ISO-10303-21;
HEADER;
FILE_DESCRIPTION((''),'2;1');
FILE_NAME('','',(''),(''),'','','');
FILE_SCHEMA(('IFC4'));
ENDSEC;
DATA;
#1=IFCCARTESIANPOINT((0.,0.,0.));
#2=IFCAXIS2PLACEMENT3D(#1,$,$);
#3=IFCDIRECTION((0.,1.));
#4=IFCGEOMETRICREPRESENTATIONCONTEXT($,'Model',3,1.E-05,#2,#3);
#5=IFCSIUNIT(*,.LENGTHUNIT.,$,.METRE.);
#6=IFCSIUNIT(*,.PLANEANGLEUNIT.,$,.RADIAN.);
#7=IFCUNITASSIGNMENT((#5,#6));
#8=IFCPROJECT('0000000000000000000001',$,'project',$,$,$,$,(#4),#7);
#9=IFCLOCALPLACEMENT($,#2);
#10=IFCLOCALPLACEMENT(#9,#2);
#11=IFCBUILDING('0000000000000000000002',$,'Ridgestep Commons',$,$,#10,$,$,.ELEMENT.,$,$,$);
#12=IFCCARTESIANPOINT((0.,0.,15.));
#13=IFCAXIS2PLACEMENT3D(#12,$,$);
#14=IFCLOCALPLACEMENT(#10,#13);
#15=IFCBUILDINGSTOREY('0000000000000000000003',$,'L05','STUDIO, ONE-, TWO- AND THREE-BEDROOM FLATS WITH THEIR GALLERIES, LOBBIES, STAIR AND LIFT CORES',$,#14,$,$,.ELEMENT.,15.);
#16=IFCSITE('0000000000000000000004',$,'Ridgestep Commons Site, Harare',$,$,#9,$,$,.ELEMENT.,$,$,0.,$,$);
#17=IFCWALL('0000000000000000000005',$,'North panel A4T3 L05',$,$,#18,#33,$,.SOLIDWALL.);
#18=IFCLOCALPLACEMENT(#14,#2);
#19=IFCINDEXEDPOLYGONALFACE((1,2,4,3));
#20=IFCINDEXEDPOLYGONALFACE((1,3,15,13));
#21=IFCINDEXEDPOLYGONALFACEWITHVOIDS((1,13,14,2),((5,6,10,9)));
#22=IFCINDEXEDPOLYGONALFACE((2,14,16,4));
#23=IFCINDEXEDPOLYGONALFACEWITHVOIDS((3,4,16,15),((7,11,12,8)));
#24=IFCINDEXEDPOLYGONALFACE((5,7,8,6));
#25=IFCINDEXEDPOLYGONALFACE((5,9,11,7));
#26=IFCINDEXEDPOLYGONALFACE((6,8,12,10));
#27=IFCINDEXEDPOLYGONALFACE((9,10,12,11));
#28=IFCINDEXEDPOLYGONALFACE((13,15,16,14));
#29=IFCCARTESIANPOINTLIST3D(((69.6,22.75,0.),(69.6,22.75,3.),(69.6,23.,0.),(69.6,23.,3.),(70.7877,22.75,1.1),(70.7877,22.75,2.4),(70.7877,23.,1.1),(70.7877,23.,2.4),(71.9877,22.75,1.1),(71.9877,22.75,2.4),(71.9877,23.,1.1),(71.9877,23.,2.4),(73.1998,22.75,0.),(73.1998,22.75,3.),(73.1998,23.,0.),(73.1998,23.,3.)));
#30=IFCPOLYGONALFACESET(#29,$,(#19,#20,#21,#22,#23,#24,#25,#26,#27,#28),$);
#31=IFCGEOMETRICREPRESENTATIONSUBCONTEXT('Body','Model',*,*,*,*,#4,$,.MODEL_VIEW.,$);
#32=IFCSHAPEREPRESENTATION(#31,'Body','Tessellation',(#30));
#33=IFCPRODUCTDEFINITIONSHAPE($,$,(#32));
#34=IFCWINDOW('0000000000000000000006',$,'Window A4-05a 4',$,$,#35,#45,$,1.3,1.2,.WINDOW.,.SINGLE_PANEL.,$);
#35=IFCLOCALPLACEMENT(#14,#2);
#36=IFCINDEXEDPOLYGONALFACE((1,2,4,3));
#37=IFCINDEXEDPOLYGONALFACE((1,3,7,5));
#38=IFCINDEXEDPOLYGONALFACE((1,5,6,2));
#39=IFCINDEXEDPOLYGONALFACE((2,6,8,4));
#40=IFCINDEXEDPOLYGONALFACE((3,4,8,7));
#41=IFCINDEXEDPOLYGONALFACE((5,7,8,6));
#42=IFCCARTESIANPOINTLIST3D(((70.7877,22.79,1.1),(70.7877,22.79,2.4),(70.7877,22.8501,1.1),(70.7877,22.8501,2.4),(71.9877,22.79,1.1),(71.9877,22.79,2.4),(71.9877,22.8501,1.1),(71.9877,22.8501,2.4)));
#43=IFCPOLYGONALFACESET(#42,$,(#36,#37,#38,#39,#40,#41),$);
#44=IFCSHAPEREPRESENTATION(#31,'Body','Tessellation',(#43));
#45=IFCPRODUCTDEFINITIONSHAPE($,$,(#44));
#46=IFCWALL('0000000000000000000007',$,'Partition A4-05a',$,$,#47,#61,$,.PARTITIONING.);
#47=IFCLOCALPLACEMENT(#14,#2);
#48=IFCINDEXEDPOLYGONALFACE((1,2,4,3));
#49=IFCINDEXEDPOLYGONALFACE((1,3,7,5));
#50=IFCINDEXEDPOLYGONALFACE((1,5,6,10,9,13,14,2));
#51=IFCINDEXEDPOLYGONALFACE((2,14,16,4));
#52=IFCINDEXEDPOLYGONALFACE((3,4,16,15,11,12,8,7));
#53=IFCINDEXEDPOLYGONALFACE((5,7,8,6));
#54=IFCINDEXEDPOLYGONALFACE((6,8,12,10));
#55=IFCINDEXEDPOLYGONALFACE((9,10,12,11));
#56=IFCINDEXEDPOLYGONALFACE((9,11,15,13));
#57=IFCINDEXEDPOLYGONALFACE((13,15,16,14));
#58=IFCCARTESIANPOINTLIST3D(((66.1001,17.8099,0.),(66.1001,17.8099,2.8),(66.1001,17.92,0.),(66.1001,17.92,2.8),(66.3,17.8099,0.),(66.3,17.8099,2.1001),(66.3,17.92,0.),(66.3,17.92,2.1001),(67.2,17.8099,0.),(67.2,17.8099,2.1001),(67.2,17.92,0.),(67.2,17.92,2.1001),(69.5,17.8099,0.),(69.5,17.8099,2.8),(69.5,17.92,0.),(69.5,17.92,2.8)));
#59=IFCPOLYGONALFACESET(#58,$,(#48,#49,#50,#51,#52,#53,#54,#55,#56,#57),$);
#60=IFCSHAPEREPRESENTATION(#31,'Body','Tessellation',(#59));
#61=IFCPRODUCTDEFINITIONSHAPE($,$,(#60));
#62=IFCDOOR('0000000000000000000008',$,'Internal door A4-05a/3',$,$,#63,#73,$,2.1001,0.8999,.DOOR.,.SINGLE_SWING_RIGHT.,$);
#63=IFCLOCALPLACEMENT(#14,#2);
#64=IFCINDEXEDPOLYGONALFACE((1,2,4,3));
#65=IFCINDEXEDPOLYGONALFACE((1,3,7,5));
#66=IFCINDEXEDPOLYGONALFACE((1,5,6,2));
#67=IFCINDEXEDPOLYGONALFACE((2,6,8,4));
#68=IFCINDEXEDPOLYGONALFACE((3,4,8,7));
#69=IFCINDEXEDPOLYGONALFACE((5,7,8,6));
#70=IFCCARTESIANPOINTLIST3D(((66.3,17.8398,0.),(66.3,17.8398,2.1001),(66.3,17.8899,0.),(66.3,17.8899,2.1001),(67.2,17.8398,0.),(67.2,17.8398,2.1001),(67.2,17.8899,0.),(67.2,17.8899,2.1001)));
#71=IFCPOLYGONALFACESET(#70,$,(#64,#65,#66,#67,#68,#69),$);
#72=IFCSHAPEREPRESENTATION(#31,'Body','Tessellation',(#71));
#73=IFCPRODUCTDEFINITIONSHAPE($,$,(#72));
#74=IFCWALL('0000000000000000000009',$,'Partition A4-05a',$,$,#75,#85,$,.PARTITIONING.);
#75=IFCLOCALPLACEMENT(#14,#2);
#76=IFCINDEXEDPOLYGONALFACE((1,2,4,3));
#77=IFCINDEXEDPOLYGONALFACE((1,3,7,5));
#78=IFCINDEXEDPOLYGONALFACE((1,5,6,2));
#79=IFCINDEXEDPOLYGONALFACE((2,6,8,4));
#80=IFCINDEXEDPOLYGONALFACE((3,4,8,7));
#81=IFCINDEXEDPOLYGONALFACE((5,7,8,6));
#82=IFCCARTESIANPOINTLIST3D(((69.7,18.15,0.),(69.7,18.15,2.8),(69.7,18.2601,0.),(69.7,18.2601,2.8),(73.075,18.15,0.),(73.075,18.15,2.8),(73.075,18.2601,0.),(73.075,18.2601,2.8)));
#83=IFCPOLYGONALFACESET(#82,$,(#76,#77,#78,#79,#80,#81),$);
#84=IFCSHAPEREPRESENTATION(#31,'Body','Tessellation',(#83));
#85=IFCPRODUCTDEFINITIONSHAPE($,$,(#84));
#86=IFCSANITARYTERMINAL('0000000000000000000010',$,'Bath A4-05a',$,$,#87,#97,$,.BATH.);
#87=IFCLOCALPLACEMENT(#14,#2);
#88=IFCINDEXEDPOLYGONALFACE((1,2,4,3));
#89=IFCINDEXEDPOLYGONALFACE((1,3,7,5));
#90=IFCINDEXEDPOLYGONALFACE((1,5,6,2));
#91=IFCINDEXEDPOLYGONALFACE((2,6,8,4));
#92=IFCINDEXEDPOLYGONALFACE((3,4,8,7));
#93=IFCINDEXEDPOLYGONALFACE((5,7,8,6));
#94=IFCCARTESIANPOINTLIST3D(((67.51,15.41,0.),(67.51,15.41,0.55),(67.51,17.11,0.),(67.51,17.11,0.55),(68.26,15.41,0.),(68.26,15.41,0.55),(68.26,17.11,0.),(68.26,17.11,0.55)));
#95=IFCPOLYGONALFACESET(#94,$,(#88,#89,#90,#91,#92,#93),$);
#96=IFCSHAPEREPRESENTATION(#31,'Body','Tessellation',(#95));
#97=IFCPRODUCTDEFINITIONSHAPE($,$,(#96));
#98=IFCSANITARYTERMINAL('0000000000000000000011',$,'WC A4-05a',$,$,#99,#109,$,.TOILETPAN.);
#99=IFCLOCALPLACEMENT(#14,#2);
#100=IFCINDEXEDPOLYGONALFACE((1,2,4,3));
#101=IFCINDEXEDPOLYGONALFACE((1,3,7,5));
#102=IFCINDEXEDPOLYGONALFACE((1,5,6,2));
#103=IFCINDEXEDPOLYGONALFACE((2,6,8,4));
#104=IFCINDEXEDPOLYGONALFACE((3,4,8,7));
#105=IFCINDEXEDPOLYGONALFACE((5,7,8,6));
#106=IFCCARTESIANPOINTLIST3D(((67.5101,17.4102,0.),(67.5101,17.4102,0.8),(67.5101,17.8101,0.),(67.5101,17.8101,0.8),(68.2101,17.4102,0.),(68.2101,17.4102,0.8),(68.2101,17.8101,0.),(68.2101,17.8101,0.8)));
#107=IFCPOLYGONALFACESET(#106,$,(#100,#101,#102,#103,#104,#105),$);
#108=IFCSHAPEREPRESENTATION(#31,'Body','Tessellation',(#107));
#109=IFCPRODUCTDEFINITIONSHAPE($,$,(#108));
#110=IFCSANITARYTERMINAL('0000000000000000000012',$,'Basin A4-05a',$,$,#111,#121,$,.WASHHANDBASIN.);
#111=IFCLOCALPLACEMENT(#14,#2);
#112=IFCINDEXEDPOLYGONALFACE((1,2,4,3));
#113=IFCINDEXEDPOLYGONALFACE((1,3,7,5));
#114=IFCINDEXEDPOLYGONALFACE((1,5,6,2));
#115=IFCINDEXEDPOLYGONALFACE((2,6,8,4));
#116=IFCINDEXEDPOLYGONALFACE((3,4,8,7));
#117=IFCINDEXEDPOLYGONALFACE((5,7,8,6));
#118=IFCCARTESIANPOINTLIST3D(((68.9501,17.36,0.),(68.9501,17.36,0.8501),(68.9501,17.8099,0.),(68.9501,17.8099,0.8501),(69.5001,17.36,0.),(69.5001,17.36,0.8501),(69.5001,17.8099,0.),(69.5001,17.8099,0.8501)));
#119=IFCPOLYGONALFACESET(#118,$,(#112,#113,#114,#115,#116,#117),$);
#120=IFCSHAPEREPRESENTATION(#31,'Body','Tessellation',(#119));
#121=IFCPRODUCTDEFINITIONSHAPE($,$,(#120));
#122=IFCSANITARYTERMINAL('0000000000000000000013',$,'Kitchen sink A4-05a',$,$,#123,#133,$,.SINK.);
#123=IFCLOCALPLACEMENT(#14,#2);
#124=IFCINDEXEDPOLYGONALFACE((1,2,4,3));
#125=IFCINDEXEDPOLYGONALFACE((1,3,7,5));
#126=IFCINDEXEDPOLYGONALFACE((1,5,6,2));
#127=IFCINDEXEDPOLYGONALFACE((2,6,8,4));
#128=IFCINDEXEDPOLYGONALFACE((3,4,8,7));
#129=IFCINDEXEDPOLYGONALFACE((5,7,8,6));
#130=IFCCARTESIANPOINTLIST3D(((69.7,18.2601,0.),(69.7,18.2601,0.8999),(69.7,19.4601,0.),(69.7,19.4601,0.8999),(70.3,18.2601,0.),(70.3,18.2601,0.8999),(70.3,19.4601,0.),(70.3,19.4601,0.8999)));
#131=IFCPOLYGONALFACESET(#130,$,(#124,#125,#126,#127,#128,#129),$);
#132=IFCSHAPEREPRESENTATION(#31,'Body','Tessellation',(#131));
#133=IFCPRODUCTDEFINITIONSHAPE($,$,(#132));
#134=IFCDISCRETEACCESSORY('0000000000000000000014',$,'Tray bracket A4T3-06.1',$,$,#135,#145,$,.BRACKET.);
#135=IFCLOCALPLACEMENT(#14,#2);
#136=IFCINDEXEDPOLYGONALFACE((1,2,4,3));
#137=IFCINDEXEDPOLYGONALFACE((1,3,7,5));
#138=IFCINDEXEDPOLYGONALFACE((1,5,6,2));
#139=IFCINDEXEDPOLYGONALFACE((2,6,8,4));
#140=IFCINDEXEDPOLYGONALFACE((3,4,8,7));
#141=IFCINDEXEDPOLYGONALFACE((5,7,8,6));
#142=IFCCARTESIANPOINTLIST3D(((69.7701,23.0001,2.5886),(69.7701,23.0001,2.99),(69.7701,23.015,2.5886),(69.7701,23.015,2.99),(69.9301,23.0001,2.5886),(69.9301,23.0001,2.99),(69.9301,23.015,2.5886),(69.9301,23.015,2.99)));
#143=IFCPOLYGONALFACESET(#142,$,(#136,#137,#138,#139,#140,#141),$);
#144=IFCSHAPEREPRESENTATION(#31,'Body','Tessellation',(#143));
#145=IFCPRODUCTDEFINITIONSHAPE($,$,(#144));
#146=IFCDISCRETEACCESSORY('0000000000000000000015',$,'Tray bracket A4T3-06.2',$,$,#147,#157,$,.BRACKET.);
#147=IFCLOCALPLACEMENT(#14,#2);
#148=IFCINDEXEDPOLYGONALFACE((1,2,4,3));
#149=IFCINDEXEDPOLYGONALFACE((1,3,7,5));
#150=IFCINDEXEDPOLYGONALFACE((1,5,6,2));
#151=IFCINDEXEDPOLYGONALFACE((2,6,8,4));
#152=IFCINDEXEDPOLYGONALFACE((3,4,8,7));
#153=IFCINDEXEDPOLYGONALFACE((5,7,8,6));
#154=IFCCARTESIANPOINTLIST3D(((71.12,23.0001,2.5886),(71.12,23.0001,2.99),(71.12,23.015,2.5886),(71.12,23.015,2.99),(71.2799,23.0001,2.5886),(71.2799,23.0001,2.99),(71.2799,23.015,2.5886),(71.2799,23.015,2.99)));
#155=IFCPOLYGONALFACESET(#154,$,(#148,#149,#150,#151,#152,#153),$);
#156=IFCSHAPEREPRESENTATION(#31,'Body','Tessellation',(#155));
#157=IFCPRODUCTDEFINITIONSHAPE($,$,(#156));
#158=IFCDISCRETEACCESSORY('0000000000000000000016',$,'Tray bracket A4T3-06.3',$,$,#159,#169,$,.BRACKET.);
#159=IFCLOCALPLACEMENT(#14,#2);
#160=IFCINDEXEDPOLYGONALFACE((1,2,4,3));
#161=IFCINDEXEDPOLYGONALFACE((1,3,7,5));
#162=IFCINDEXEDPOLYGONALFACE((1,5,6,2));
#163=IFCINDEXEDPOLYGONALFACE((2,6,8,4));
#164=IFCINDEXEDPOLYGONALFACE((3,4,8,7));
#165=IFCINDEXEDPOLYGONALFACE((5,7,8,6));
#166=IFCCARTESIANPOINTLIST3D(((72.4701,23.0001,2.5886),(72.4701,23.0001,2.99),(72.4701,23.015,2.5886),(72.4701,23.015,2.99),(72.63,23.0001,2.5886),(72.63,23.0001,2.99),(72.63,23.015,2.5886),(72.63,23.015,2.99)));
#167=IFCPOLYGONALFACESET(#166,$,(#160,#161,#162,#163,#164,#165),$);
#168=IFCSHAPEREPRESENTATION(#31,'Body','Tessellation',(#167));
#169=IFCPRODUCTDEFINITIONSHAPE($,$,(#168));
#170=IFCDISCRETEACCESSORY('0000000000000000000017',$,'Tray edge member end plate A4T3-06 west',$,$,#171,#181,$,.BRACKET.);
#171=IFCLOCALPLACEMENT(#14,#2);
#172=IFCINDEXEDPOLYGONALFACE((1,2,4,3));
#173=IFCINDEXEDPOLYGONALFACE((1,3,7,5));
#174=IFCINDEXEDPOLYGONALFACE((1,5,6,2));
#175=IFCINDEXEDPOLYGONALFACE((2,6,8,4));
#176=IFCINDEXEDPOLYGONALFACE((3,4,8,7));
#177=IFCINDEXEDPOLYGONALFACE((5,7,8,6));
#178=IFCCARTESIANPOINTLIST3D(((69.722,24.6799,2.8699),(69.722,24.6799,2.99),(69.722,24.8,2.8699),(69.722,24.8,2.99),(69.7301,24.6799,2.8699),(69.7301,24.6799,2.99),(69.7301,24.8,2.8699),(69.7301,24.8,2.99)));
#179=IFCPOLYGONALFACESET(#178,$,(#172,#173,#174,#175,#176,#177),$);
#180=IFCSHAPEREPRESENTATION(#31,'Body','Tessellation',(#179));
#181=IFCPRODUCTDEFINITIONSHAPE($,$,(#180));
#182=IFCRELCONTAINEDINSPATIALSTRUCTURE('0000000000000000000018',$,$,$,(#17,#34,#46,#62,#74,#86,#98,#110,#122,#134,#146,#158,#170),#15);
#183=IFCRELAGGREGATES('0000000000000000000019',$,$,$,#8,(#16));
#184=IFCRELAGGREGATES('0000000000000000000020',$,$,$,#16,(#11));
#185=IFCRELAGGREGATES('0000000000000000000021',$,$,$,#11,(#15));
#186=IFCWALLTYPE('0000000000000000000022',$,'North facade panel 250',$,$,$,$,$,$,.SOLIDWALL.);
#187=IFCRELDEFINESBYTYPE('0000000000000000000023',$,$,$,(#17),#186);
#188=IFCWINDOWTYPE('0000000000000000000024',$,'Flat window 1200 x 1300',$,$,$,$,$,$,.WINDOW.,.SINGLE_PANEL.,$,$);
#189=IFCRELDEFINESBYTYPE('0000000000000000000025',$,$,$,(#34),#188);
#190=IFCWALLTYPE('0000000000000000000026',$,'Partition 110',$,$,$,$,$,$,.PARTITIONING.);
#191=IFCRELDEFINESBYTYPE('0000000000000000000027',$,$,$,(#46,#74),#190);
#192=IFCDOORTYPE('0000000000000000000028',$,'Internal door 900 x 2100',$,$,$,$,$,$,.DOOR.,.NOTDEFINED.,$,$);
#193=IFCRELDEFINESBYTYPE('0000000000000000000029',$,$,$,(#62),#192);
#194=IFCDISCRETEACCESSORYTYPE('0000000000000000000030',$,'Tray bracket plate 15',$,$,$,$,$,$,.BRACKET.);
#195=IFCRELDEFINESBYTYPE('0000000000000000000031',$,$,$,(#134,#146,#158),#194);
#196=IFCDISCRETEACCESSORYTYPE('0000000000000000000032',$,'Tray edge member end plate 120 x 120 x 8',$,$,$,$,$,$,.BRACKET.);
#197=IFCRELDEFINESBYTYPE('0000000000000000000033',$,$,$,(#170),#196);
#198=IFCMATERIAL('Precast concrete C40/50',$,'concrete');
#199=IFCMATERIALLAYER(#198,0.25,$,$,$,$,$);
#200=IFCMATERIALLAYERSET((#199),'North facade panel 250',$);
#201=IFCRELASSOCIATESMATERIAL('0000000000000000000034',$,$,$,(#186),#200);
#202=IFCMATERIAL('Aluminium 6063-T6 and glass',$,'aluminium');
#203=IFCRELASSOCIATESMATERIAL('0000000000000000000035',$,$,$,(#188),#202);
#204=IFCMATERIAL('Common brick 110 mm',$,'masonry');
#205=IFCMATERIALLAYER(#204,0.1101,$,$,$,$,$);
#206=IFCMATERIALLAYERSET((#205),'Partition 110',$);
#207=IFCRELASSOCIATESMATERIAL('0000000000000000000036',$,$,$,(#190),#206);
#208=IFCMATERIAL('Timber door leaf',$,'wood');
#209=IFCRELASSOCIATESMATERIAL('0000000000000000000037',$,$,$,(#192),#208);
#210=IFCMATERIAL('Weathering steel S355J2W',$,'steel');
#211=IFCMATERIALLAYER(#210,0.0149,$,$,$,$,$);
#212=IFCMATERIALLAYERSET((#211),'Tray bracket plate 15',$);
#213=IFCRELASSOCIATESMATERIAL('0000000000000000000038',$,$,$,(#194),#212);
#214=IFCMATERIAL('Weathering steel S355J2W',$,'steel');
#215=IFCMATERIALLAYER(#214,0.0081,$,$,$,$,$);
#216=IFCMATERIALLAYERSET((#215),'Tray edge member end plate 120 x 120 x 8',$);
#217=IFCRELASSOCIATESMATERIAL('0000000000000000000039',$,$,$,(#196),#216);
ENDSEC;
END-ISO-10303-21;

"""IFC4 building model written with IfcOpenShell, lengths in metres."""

from ifc_helpers import new_model, si_unit, direction, frame, frame_2d, origin, origin_2d, place, context, subcontext, project, spatial, rectangle, extrude, material, layer, layer_set, type_object, element, fill, save


model = new_model("IFC4")

# Units and contexts
model_context = context("Model", 3, precision=1e-05, world=origin(), true_north=direction((0.0, 1.0)))
body_context = subcontext(model_context, "Body", "Model", "MODEL_VIEW")
ifc_project = project(units=[si_unit("LENGTHUNIT", "METRE"), si_unit("PLANEANGLEUNIT", "RADIAN")], contexts=[model_context])

# Site, building, storey
site_placement = place(None, origin())
site = spatial("IfcSite", under=ifc_project, at=site_placement, Name="Ridgestep Commons Site, Harare", CompositionType="ELEMENT", RefElevation=0.0)
building_placement = place(site_placement, origin())
building = spatial("IfcBuilding", under=site, at=building_placement, Name="Ridgestep Commons", CompositionType="ELEMENT")
storey_placement = place(building_placement, frame((0.0, 0.0, 15.0)))
storey = spatial("IfcBuildingStorey", under=building, at=storey_placement, Name="L05", Description="STUDIO, ONE-, TWO- AND THREE-BEDROOM FLATS WITH THEIR GALLERIES, LOBBIES, STAIR AND LIFT CORES", CompositionType="ELEMENT", Elevation=15.0)

# Wall, opening, window
ifc_material_1 = material(Name="Precast concrete C40/50", Category="concrete")
ifc_layer_1 = layer(ifc_material_1, 0.25)
ifc_layer_set_1 = layer_set([ifc_layer_1], Name="North facade panel 250")
wall_type_1 = type_object("IfcWallType", Name="North facade panel 250", PredefinedType="SOLIDWALL", material=ifc_layer_set_1)
wall_1_placement = place(storey_placement, frame((69.6001, 22.875, 0.0), z_axis=(0.0, 0.0, 1.0), x_axis=(1.0, 0.0, 0.0)))
wall_1 = element("IfcWall", 1, at=wall_1_placement, inside=storey, type_object=wall_type_1, Name="North panel A4T3 L05", PredefinedType="SOLIDWALL", context=body_context, shape_type="SweptSolid", body=[
    extrude(rectangle(XDim=3.5999, YDim=0.25, at=frame_2d((1.7998, 0.0))), origin(), (0.0, 0.0, 1.0), 3.0),
])
opening_1_placement = place(wall_1_placement, frame((1.1875, 0.0, 1.1001)))
opening_1 = element("IfcOpeningElement", 2, at=opening_1_placement, cuts=wall_1, PredefinedType="OPENING", context=body_context, shape_type="SweptSolid", body=[
    extrude(rectangle(XDim=1.2, YDim=1.3, at=frame_2d((0.6001, 0.6499))), frame((0.0, 0.135, 0.0), z_axis=(0.0, -1.0, 0.0), x_axis=(1.0, 0.0, 0.0)), (0.0, 0.0, 1.0), 0.27),
])
ifc_material_2 = material(Name="Aluminium 6063-T6 and glass", Category="aluminium")
window_type_1 = type_object("IfcWindowType", Name="Flat window 1200 x 1300", PartitioningType="SINGLE_PANEL", PredefinedType="WINDOW", material=ifc_material_2)
window_1_placement = place(opening_1_placement, origin())
window_1 = element("IfcWindow", 3, at=window_1_placement, inside=storey, type_object=window_type_1, Name="Window A4-05a 4", OverallHeight=1.3, OverallWidth=1.2, PartitioningType="SINGLE_PANEL", PredefinedType="WINDOW", context=body_context, shape_type="SweptSolid", body=[
    extrude(rectangle(XDim=1.2, YDim=1.3, at=frame_2d((0.6001, 0.6499))), frame((0.0, -0.0249, 0.0), z_axis=(0.0, -1.0, 0.0), x_axis=(1.0, 0.0, 0.0)), (0.0, 0.0, 1.0), 0.0601),
])
fill(opening_1, window_1)

# Wall, opening, door
ifc_material_3 = material(Name="Common brick 110 mm", Category="masonry")
ifc_layer_2 = layer(ifc_material_3, 0.1101)
ifc_layer_set_2 = layer_set([ifc_layer_2], Name="Partition 110")
wall_type_2 = type_object("IfcWallType", Name="Partition 110", PredefinedType="PARTITIONING", material=ifc_layer_set_2)
wall_2_placement = place(storey_placement, frame((66.1001, 17.865, 0.0), z_axis=(0.0, 0.0, 1.0), x_axis=(1.0, 0.0, 0.0)))
wall_2 = element("IfcWall", 4, at=wall_2_placement, inside=storey, type_object=wall_type_2, Name="Partition A4-05a", PredefinedType="PARTITIONING", context=body_context, shape_type="SweptSolid", body=[
    extrude(rectangle(XDim=3.3999, YDim=0.1101, at=frame_2d((1.7, 0.0))), origin(), (0.0, 0.0, 1.0), 2.8),
])
opening_2_placement = place(wall_2_placement, frame((0.2, 0.0, 0.0)))
opening_2 = element("IfcOpeningElement", 5, at=opening_2_placement, cuts=wall_2, PredefinedType="OPENING", context=body_context, shape_type="SweptSolid", body=[
    extrude(rectangle(XDim=0.8999, YDim=2.1001, at=frame_2d((0.45, 1.05))), frame((0.0, 0.0649, 0.0), z_axis=(0.0, -1.0, 0.0), x_axis=(1.0, 0.0, 0.0)), (0.0, 0.0, 1.0), 0.1301),
])
ifc_material_4 = material(Name="Timber door leaf", Category="wood")
door_type = type_object("IfcDoorType", Name="Internal door 900 x 2100", OperationType="NOTDEFINED", PredefinedType="DOOR", material=ifc_material_4)
door_placement = place(opening_2_placement, origin())
door = element("IfcDoor", 6, at=door_placement, inside=storey, type_object=door_type, Name="Internal door A4-05a/3", OperationType="SINGLE_SWING_RIGHT", OverallHeight=2.1001, OverallWidth=0.8999, PredefinedType="DOOR", context=body_context, shape_type="SweptSolid", body=[
    extrude(rectangle(XDim=0.8999, YDim=2.1001, at=frame_2d((0.45, 1.05))), frame((0.0, 0.0249, 0.0), z_axis=(0.0, -1.0, 0.0), x_axis=(1.0, 0.0, 0.0)), (0.0, 0.0, 1.0), 0.05),
])
fill(opening_2, door)

# Wall
wall_3_placement = place(storey_placement, frame((69.7, 18.2051, 0.0), z_axis=(0.0, 0.0, 1.0), x_axis=(1.0, 0.0, 0.0)))
element("IfcWall", 7, at=wall_3_placement, inside=storey, type_object=wall_type_2, Name="Partition A4-05a", PredefinedType="PARTITIONING", context=body_context, shape_type="SweptSolid", body=[
    extrude(rectangle(XDim=3.375, YDim=0.1101, at=frame_2d((1.6875, 0.0))), origin(), (0.0, 0.0, 1.0), 2.8),
])

# Sanitary terminals
sanitary_terminal_1_placement = place(storey_placement, frame((67.885, 16.26, 0.0), z_axis=(0.0, 0.0, 1.0), x_axis=(1.0, 0.0, 0.0)))
element("IfcSanitaryTerminal", 8, at=sanitary_terminal_1_placement, inside=storey, Name="Bath A4-05a", PredefinedType="BATH", context=body_context, shape_type="SweptSolid", body=[
    extrude(rectangle(XDim=0.75, YDim=1.7, at=origin_2d()), origin(), (0.0, 0.0, 1.0), 0.55),
])
sanitary_terminal_2_placement = place(storey_placement, frame((67.8601, 17.6101, 0.0), z_axis=(0.0, 0.0, 1.0), x_axis=(1.0, 0.0, 0.0)))
element("IfcSanitaryTerminal", 9, at=sanitary_terminal_2_placement, inside=storey, Name="WC A4-05a", PredefinedType="TOILETPAN", context=body_context, shape_type="SweptSolid", body=[
    extrude(rectangle(XDim=0.7, YDim=0.3999, at=origin_2d()), origin(), (0.0, 0.0, 1.0), 0.8),
])
sanitary_terminal_3_placement = place(storey_placement, frame((69.2251, 17.585, 0.0), z_axis=(0.0, 0.0, 1.0), x_axis=(1.0, 0.0, 0.0)))
element("IfcSanitaryTerminal", 10, at=sanitary_terminal_3_placement, inside=storey, Name="Basin A4-05a", PredefinedType="WASHHANDBASIN", context=body_context, shape_type="SweptSolid", body=[
    extrude(rectangle(XDim=0.55, YDim=0.45, at=origin_2d()), origin(), (0.0, 0.0, 1.0), 0.8501),
])
sanitary_terminal_4_placement = place(storey_placement, frame((70.0, 18.8601, 0.0), z_axis=(0.0, 0.0, 1.0), x_axis=(1.0, 0.0, 0.0)))
element("IfcSanitaryTerminal", 11, at=sanitary_terminal_4_placement, inside=storey, Name="Kitchen sink A4-05a", PredefinedType="SINK", context=body_context, shape_type="SweptSolid", body=[
    extrude(rectangle(XDim=0.6001, YDim=1.2, at=origin_2d()), origin(), (0.0, 0.0, 1.0), 0.8999),
])

# Discrete accessories
ifc_material_5 = material(Name="Weathering steel S355J2W", Category="steel")
ifc_layer_3 = layer(ifc_material_5, 0.0149)
ifc_layer_set_3 = layer_set([ifc_layer_3], Name="Tray bracket plate 15")
discrete_accessory_type_1 = type_object("IfcDiscreteAccessoryType", Name="Tray bracket plate 15", PredefinedType="BRACKET", material=ifc_layer_set_3)
for number, where, z_axis, x_axis, name in (
    (12, (69.8501, 23.0076, 2.5886), (0.0, 0.0, 1.0), (1.0, 0.0, 0.0), "Tray bracket A4T3-06.1"),
    (13, (71.2, 23.0076, 2.5886), (0.0, 0.0, 1.0), (1.0, 0.0, 0.0), "Tray bracket A4T3-06.2"),
    (14, (72.55, 23.0076, 2.5886), (0.0, 0.0, 1.0), (1.0, 0.0, 0.0), "Tray bracket A4T3-06.3"),
):
    element("IfcDiscreteAccessory", number, at=place(storey_placement, frame(where, z_axis=z_axis, x_axis=x_axis)), inside=storey, type_object=discrete_accessory_type_1, Name=name, PredefinedType="BRACKET", context=body_context, shape_type="SweptSolid", body=[
        extrude(rectangle(XDim=0.1599, YDim=0.0149, at=origin_2d()), origin(), (0.0, 0.0, 1.0), 0.4014),
    ])
ifc_material_6 = material(Name="Weathering steel S355J2W", Category="steel")
ifc_layer_4 = layer(ifc_material_6, 0.0081)
ifc_layer_set_4 = layer_set([ifc_layer_4], Name="Tray edge member end plate 120 x 120 x 8")
discrete_accessory_type_2 = type_object("IfcDiscreteAccessoryType", Name="Tray edge member end plate 120 x 120 x 8", PredefinedType="BRACKET", material=ifc_layer_set_4)
discrete_accessory_placement = place(storey_placement, frame((69.7261, 24.74, 2.8699), z_axis=(0.0, 0.0, 1.0), x_axis=(1.0, 0.0, 0.0)))
element("IfcDiscreteAccessory", 15, at=discrete_accessory_placement, inside=storey, type_object=discrete_accessory_type_2, Name="Tray edge member end plate A4T3-06 west", PredefinedType="BRACKET", context=body_context, shape_type="SweptSolid", body=[
    extrude(rectangle(XDim=0.0081, YDim=0.1201, at=origin_2d()), origin(), (0.0, 0.0, 1.0), 0.1201),
])

save(model, "model.ifc")
